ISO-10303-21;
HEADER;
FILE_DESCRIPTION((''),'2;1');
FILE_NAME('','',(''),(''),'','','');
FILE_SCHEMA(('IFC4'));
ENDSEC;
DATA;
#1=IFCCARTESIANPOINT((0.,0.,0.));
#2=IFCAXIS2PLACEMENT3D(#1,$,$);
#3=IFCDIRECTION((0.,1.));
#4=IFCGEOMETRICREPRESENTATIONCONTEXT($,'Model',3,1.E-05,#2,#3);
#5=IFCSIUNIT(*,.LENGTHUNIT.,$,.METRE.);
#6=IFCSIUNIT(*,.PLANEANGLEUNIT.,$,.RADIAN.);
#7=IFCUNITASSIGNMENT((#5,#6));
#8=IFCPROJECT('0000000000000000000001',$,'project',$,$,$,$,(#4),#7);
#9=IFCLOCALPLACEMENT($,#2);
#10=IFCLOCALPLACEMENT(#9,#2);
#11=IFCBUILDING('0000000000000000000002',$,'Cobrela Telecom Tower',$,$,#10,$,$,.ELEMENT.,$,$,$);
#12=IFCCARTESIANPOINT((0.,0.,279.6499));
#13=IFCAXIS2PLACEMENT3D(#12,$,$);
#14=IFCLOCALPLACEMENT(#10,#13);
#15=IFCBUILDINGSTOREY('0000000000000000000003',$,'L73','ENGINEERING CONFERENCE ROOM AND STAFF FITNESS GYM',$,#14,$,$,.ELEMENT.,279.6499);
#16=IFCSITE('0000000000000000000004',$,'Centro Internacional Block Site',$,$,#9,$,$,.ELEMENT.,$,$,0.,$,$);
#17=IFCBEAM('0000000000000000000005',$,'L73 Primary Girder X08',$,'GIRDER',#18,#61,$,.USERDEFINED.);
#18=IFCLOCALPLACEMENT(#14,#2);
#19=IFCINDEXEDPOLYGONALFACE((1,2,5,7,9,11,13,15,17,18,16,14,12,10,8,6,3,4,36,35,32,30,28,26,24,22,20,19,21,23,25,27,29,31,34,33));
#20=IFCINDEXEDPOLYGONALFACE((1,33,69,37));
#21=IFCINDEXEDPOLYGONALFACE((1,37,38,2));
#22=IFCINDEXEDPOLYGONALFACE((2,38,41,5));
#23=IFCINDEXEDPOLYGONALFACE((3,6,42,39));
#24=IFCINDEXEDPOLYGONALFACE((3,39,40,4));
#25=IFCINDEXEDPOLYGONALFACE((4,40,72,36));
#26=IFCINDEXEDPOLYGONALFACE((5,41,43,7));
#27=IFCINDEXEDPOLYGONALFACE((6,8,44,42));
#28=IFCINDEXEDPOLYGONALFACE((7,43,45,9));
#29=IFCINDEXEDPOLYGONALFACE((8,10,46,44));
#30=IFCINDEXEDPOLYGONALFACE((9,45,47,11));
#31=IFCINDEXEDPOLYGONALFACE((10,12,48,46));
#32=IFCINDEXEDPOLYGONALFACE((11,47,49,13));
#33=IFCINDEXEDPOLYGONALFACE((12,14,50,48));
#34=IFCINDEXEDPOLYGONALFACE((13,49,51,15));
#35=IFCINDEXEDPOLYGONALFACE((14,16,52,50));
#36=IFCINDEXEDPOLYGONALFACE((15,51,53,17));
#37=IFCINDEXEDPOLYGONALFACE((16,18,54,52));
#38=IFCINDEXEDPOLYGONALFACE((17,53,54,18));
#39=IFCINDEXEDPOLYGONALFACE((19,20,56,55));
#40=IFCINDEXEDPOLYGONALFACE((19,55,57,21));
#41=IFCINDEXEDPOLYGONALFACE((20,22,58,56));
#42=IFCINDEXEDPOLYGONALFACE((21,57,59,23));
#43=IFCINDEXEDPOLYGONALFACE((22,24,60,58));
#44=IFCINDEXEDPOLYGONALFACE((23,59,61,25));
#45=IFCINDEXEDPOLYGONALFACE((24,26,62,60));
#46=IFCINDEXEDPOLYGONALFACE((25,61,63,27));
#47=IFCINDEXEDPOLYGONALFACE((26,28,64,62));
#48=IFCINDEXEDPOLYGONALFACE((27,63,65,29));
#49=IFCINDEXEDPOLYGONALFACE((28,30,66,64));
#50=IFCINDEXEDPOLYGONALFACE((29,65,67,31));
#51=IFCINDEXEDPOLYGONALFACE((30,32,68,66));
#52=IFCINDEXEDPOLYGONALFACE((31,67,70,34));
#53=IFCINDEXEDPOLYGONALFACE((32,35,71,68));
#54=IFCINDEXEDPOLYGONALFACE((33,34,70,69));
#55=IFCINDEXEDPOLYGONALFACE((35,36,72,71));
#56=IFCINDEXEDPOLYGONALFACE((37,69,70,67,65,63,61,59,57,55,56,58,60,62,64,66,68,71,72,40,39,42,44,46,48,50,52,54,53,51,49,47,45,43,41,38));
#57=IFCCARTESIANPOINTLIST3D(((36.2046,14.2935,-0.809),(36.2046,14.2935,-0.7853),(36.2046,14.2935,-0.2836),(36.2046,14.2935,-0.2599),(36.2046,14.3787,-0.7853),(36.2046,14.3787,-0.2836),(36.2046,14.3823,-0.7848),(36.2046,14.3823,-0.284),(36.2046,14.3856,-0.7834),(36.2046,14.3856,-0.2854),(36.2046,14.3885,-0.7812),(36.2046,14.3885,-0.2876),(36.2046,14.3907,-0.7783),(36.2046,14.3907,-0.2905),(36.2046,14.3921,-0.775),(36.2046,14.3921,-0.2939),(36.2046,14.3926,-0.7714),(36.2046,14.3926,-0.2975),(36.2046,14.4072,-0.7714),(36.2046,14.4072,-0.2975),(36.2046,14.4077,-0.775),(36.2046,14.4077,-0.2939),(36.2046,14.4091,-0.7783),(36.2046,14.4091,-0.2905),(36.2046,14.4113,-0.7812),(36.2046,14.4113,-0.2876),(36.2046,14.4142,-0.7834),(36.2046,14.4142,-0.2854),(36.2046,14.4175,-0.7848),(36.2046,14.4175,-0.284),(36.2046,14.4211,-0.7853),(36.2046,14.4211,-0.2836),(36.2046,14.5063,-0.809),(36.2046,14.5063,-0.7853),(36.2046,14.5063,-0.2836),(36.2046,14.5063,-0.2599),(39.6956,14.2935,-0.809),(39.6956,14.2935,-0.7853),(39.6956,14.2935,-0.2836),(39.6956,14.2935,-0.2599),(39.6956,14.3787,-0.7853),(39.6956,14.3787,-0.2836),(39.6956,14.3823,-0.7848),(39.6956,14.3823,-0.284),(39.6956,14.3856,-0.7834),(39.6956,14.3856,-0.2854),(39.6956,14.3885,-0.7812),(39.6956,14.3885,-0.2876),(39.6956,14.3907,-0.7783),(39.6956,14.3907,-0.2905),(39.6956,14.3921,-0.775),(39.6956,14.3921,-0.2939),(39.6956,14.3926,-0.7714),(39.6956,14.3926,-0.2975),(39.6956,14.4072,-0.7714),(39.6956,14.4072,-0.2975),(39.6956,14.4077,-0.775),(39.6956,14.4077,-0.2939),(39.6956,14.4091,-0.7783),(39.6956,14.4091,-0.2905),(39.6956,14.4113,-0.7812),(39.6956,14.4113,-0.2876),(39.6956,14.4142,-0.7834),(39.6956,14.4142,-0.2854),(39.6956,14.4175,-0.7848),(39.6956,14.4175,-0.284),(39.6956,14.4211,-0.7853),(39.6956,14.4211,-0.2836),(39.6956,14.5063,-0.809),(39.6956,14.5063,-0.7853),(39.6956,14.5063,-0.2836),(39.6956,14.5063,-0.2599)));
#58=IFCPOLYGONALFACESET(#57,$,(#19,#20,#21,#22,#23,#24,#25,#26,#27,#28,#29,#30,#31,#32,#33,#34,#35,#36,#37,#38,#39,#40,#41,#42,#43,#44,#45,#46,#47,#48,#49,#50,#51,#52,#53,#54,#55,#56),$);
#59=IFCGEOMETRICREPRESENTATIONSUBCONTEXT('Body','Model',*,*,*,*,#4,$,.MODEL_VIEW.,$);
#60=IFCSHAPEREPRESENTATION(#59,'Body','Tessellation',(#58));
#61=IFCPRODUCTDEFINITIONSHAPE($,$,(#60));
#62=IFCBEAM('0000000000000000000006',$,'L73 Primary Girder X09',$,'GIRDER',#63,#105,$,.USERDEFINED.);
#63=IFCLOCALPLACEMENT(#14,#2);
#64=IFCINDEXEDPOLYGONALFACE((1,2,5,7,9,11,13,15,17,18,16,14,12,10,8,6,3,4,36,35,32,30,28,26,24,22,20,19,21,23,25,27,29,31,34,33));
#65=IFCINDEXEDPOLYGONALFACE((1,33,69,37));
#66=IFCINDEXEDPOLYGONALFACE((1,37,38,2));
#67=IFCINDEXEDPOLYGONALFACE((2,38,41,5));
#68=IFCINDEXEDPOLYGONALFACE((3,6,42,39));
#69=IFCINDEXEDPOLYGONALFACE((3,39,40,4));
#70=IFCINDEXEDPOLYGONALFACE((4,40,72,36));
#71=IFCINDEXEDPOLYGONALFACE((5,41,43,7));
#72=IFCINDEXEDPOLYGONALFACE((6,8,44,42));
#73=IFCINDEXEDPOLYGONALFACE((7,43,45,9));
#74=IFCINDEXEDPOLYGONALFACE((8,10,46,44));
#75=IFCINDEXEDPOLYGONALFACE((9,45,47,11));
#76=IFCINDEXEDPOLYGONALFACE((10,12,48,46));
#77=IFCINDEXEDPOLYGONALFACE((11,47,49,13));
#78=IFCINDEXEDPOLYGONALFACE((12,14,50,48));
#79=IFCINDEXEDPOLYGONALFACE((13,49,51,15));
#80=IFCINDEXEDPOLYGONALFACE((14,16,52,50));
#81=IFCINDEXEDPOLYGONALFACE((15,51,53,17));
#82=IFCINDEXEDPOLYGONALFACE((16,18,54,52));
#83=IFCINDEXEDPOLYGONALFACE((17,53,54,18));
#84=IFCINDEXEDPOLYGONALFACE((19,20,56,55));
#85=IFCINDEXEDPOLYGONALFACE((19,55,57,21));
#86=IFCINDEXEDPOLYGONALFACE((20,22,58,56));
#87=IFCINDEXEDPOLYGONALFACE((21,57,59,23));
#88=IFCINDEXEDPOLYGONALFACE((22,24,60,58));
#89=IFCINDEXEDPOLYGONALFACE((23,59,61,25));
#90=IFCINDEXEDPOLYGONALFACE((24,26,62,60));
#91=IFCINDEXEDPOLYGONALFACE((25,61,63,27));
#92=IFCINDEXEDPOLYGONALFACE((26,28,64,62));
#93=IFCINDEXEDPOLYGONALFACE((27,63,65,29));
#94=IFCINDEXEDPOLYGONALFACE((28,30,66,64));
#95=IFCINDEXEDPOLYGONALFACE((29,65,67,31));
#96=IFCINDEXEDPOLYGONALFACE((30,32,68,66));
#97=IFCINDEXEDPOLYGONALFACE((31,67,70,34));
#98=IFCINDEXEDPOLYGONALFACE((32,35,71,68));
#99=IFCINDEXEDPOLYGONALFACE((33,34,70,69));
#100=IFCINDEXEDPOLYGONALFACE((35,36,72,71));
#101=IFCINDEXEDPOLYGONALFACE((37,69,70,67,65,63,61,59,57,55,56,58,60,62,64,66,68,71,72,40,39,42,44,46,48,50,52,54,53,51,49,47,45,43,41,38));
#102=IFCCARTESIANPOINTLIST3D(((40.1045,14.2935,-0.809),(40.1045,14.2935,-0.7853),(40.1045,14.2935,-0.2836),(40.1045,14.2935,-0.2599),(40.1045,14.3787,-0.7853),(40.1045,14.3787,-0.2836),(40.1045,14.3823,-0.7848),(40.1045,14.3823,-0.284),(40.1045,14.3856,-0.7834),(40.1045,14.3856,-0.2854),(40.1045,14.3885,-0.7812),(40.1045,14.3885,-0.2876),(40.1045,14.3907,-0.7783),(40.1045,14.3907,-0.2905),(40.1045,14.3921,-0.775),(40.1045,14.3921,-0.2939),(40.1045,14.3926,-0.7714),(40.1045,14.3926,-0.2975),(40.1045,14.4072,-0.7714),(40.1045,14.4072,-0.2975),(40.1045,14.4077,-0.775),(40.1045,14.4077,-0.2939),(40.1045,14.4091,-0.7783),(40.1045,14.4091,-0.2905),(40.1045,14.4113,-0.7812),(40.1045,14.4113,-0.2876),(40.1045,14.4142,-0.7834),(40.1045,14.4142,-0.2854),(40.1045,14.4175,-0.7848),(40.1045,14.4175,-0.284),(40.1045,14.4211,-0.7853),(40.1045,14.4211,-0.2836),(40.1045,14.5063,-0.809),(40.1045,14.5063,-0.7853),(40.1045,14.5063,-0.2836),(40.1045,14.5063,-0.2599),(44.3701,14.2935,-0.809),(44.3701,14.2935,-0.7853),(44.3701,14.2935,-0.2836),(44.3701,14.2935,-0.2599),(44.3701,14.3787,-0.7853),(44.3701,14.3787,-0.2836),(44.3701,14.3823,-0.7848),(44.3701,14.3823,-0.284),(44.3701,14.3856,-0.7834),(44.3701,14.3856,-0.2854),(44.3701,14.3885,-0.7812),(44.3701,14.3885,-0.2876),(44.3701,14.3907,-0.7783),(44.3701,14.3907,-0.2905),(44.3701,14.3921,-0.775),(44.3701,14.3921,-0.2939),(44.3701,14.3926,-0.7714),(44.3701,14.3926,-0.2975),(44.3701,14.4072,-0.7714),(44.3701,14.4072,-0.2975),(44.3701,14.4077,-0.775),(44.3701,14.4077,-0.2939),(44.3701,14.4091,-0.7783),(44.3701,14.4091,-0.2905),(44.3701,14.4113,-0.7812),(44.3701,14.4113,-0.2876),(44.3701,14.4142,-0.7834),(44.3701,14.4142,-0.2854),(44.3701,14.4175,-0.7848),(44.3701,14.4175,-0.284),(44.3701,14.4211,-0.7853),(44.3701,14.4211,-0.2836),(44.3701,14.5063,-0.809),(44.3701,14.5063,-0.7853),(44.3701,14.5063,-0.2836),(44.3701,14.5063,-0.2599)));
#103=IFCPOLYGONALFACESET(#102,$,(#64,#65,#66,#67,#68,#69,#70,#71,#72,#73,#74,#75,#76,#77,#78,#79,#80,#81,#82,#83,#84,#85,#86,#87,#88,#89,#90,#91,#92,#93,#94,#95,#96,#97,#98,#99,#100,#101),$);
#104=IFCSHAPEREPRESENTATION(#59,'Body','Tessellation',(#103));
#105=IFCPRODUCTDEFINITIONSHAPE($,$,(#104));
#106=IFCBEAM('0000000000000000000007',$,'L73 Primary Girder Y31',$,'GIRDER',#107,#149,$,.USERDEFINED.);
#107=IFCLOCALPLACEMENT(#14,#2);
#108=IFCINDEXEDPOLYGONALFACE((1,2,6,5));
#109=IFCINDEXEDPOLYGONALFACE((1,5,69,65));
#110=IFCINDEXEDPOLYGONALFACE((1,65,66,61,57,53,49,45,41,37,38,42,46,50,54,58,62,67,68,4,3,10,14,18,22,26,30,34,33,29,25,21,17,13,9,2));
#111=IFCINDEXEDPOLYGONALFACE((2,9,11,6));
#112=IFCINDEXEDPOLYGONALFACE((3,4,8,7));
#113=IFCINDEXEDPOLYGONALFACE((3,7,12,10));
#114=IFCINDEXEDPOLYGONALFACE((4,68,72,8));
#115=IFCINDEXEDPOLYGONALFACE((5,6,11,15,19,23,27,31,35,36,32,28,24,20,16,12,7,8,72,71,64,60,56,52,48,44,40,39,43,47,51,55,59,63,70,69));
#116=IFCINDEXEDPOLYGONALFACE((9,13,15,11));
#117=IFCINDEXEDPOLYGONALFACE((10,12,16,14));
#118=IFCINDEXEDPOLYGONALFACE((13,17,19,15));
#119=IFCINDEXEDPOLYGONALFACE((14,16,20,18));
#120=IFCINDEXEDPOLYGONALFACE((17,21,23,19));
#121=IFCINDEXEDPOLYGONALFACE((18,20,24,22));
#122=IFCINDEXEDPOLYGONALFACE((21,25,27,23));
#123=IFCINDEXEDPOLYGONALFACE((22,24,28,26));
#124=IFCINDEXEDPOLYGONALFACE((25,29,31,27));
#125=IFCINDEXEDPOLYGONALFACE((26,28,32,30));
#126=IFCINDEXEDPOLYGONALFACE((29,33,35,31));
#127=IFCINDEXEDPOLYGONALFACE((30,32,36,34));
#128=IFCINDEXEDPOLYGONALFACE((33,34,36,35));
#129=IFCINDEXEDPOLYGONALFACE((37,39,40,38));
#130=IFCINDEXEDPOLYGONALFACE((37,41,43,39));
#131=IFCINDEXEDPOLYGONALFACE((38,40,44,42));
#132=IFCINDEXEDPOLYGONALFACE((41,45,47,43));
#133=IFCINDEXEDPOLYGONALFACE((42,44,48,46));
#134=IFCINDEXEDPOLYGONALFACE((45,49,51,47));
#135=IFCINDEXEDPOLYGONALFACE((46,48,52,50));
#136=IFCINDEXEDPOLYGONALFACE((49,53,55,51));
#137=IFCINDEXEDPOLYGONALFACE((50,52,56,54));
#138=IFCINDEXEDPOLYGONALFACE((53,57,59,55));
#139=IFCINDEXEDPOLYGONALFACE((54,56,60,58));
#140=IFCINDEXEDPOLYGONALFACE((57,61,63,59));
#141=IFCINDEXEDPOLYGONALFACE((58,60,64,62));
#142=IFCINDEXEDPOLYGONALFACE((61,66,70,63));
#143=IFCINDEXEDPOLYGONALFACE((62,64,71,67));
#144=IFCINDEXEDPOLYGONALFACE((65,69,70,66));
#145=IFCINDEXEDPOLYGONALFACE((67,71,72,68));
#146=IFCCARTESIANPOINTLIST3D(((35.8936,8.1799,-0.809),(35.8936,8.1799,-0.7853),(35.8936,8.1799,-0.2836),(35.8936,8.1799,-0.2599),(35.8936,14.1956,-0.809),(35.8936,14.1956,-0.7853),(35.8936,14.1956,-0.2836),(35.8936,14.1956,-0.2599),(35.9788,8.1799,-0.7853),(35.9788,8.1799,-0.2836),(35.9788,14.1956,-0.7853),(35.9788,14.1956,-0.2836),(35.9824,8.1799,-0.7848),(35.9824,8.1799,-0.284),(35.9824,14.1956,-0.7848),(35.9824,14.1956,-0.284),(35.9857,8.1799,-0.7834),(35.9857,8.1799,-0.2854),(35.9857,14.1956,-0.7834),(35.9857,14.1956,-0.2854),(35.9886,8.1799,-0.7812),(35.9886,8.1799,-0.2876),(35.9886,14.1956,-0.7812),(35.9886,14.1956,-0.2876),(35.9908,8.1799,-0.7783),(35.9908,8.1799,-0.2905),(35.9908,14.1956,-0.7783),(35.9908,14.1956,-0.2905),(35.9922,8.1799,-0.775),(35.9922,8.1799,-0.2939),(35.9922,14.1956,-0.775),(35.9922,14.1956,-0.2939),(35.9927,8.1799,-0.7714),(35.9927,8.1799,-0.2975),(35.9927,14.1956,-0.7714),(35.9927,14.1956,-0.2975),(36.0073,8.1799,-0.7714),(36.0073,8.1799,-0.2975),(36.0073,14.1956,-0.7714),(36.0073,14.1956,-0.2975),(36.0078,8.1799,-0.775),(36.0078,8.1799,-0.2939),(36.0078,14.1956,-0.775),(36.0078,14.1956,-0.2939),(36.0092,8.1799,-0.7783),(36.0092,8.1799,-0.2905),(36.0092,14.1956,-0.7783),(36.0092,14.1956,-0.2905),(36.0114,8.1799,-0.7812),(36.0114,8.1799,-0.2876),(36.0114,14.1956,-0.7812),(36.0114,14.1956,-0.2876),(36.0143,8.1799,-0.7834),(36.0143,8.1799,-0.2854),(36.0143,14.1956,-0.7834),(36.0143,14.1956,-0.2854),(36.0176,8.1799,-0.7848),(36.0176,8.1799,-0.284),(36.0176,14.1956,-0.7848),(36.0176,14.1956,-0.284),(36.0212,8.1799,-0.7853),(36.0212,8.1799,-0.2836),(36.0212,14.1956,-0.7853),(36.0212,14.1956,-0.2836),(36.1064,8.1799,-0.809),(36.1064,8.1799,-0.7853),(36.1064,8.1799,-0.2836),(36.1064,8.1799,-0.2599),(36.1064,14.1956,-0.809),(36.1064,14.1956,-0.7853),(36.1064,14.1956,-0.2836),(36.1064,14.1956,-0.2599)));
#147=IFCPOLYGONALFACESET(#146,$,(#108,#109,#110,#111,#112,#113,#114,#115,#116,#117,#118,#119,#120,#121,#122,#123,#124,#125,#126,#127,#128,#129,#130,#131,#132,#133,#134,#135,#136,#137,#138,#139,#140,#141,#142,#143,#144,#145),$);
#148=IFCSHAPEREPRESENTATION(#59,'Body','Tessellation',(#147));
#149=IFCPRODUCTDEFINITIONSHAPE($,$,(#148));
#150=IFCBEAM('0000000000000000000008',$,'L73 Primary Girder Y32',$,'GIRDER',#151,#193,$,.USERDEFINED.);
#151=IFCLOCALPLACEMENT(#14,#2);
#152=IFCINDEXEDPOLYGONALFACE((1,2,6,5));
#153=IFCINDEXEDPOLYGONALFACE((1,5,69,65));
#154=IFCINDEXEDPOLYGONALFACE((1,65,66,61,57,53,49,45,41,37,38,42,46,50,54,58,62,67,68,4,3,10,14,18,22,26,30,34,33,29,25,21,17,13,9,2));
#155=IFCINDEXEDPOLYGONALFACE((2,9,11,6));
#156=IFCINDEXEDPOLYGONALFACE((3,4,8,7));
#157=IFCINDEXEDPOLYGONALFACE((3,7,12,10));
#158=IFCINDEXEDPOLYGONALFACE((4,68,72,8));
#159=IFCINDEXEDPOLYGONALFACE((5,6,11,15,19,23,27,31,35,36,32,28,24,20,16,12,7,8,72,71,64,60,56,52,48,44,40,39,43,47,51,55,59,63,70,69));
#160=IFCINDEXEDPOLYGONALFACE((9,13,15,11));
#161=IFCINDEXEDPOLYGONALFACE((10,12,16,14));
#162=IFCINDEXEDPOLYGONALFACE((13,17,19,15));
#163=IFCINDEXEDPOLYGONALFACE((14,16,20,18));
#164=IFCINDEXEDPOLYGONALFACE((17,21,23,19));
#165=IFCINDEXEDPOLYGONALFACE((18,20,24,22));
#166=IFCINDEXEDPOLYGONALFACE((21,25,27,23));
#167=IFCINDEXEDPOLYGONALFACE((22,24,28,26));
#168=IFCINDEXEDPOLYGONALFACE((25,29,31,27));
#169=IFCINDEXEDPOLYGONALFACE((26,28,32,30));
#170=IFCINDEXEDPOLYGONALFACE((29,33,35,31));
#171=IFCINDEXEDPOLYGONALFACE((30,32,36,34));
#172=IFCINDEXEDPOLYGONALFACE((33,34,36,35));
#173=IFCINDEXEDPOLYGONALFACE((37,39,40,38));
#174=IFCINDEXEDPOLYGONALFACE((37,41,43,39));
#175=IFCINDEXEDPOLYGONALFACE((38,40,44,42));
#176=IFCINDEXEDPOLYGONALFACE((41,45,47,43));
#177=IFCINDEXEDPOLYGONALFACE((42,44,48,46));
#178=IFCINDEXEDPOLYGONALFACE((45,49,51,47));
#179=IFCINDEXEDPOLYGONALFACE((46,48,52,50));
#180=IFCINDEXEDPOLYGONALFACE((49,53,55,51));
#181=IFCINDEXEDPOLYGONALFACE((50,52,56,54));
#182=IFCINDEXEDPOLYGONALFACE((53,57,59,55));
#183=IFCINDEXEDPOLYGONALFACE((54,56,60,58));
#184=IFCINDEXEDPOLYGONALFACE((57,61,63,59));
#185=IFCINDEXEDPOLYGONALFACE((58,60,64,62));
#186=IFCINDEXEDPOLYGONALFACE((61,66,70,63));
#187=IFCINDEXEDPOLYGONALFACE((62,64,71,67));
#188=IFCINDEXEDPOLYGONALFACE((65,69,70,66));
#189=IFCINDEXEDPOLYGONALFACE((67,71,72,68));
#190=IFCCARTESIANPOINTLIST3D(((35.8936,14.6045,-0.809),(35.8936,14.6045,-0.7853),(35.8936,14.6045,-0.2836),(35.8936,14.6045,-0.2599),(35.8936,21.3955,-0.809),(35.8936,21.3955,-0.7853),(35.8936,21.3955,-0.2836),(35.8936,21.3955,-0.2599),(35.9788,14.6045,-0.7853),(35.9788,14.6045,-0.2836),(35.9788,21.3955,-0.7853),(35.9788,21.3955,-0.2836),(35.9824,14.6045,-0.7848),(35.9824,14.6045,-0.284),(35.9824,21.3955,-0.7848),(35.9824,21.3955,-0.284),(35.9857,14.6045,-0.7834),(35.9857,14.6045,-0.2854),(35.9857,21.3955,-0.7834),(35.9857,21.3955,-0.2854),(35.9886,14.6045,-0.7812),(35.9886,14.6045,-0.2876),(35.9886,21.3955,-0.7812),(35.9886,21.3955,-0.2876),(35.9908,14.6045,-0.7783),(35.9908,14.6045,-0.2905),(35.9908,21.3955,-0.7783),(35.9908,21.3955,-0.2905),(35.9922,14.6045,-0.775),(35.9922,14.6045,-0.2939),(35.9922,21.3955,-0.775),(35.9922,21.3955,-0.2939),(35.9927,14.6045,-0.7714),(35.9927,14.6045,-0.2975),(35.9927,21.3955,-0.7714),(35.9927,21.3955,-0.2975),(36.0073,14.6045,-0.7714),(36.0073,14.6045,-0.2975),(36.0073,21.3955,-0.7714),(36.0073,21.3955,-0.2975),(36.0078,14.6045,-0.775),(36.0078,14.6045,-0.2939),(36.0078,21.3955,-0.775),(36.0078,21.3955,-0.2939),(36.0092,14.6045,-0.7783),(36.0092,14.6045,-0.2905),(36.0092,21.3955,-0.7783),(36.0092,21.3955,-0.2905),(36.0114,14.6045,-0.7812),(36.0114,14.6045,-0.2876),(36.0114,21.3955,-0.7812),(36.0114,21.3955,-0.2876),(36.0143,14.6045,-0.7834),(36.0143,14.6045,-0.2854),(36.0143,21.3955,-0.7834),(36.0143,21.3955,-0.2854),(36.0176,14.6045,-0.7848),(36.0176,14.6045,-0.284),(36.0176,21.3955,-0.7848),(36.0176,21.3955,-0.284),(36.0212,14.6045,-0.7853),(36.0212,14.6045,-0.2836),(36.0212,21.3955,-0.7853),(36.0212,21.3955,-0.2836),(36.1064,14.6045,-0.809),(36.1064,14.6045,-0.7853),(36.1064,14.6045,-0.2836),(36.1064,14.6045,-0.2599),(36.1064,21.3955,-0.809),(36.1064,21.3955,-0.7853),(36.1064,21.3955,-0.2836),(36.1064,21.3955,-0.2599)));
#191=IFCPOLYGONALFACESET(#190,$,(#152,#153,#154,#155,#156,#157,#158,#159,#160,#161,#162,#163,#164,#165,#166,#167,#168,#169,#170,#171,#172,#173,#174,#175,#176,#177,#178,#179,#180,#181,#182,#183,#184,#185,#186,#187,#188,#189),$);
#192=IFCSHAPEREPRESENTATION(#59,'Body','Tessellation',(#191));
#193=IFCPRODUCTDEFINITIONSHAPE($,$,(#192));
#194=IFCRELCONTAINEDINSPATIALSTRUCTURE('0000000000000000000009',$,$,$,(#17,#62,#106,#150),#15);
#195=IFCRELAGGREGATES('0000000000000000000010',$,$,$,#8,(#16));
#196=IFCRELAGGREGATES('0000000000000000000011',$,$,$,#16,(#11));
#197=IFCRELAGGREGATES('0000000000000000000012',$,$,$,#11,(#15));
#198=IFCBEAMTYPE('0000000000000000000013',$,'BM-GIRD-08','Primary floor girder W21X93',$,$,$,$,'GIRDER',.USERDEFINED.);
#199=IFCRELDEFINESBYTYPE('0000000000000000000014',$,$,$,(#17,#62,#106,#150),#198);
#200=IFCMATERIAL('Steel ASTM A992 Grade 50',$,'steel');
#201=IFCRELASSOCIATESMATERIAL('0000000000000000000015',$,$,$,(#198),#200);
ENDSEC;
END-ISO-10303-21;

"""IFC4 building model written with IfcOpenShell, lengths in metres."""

from ifc_helpers import new_model, si_unit, direction, frame, origin, origin_2d, place, context, subcontext, project, spatial, i_section, extrude, material, material_profile, profile_set, type_object, element, save


model = new_model("IFC4")

# Units and contexts
model_context = context("Model", 3, precision=1e-05, world=origin(), true_north=direction((0.0, 1.0)))
body_context = subcontext(model_context, "Body", "Model", "MODEL_VIEW")
ifc_project = project(units=[si_unit("LENGTHUNIT", "METRE"), si_unit("PLANEANGLEUNIT", "RADIAN")], contexts=[model_context])

# Site, building, storey
site_placement = place(None, origin())
site = spatial("IfcSite", under=ifc_project, at=site_placement, Name="Centro Internacional Block Site", CompositionType="ELEMENT", RefElevation=0.0)
building_placement = place(site_placement, origin())
building = spatial("IfcBuilding", under=site, at=building_placement, Name="Cobrela Telecom Tower", CompositionType="ELEMENT")
storey_placement = place(building_placement, frame((0.0, 0.0, 279.6499)))
storey = spatial("IfcBuildingStorey", under=building, at=storey_placement, Name="L73", Description="ENGINEERING CONFERENCE ROOM AND STAFF FITNESS GYM", CompositionType="ELEMENT", Elevation=279.6499)

# Shared definitions
ifc_material_1 = material(Name="Steel ASTM A992 Grade 50", Category="steel")

# Beams
ifc_material_profile_1 = material_profile(ifc_material_1, i_section(OverallWidth=0.2129, OverallDepth=0.5491, WebThickness=0.0146, FlangeThickness=0.0237, FilletRadius=0.0139, at=origin_2d()), Name="W21X93")
ifc_profile_set_1 = profile_set([ifc_material_profile_1], Name="Steel ASTM A992 Grade 50")
beam_type_1 = type_object("IfcBeamType", Name="BM-GIRD-08", Description="Primary floor girder W21X93", ElementType="GIRDER", PredefinedType="USERDEFINED", material=ifc_profile_set_1)
beam_1_placement = place(storey_placement, frame((36.2046, 14.3999, -0.5344), z_axis=(1.0, 0.0, 0.0), x_axis=(0.0, 1.0, 0.0)))
element("IfcBeam", 1, at=beam_1_placement, inside=storey, type_object=beam_type_1, Name="L73 Primary Girder X08", ObjectType="GIRDER", PredefinedType="USERDEFINED", context=body_context, shape_type="SweptSolid", body=[
    extrude(i_section(OverallWidth=0.2129, OverallDepth=0.5491, WebThickness=0.0146, FlangeThickness=0.0237, FilletRadius=0.0139, at=origin_2d()), origin(), (0.0, 0.0, 1.0), 3.491),
])
beam_2_placement = place(storey_placement, frame((40.1045, 14.3999, -0.5344), z_axis=(1.0, 0.0, 0.0), x_axis=(0.0, 1.0, 0.0)))
element("IfcBeam", 2, at=beam_2_placement, inside=storey, type_object=beam_type_1, Name="L73 Primary Girder X09", ObjectType="GIRDER", PredefinedType="USERDEFINED", context=body_context, shape_type="SweptSolid", body=[
    extrude(i_section(OverallWidth=0.2129, OverallDepth=0.5491, WebThickness=0.0146, FlangeThickness=0.0237, FilletRadius=0.0139, at=origin_2d()), origin(), (0.0, 0.0, 1.0), 4.2656),
])
beam_3_placement = place(storey_placement, frame((36.0, 8.1799, -0.5344), z_axis=(0.0, 1.0, 0.0), x_axis=(-1.0, 0.0, 0.0)))
element("IfcBeam", 3, at=beam_3_placement, inside=storey, type_object=beam_type_1, Name="L73 Primary Girder Y31", ObjectType="GIRDER", PredefinedType="USERDEFINED", context=body_context, shape_type="SweptSolid", body=[
    extrude(i_section(OverallWidth=0.2129, OverallDepth=0.5491, WebThickness=0.0146, FlangeThickness=0.0237, FilletRadius=0.0139, at=origin_2d()), origin(), (0.0, 0.0, 1.0), 6.0156),
])
for number, where, z_axis, x_axis, name in (
    (4, (36.0, 14.6045, -0.5344), (0.0, 1.0, 0.0), (-1.0, 0.0, 0.0), "L73 Primary Girder Y32"),
):
    element("IfcBeam", number, at=place(storey_placement, frame(where, z_axis=z_axis, x_axis=x_axis)), inside=storey, type_object=beam_type_1, Name=name, ObjectType="GIRDER", PredefinedType="USERDEFINED", context=body_context, shape_type="SweptSolid", body=[
        extrude(i_section(OverallWidth=0.2129, OverallDepth=0.5491, WebThickness=0.0146, FlangeThickness=0.0237, FilletRadius=0.0139, at=origin_2d()), origin(), (0.0, 0.0, 1.0), 6.791),
    ])

save(model, "model.ifc")
